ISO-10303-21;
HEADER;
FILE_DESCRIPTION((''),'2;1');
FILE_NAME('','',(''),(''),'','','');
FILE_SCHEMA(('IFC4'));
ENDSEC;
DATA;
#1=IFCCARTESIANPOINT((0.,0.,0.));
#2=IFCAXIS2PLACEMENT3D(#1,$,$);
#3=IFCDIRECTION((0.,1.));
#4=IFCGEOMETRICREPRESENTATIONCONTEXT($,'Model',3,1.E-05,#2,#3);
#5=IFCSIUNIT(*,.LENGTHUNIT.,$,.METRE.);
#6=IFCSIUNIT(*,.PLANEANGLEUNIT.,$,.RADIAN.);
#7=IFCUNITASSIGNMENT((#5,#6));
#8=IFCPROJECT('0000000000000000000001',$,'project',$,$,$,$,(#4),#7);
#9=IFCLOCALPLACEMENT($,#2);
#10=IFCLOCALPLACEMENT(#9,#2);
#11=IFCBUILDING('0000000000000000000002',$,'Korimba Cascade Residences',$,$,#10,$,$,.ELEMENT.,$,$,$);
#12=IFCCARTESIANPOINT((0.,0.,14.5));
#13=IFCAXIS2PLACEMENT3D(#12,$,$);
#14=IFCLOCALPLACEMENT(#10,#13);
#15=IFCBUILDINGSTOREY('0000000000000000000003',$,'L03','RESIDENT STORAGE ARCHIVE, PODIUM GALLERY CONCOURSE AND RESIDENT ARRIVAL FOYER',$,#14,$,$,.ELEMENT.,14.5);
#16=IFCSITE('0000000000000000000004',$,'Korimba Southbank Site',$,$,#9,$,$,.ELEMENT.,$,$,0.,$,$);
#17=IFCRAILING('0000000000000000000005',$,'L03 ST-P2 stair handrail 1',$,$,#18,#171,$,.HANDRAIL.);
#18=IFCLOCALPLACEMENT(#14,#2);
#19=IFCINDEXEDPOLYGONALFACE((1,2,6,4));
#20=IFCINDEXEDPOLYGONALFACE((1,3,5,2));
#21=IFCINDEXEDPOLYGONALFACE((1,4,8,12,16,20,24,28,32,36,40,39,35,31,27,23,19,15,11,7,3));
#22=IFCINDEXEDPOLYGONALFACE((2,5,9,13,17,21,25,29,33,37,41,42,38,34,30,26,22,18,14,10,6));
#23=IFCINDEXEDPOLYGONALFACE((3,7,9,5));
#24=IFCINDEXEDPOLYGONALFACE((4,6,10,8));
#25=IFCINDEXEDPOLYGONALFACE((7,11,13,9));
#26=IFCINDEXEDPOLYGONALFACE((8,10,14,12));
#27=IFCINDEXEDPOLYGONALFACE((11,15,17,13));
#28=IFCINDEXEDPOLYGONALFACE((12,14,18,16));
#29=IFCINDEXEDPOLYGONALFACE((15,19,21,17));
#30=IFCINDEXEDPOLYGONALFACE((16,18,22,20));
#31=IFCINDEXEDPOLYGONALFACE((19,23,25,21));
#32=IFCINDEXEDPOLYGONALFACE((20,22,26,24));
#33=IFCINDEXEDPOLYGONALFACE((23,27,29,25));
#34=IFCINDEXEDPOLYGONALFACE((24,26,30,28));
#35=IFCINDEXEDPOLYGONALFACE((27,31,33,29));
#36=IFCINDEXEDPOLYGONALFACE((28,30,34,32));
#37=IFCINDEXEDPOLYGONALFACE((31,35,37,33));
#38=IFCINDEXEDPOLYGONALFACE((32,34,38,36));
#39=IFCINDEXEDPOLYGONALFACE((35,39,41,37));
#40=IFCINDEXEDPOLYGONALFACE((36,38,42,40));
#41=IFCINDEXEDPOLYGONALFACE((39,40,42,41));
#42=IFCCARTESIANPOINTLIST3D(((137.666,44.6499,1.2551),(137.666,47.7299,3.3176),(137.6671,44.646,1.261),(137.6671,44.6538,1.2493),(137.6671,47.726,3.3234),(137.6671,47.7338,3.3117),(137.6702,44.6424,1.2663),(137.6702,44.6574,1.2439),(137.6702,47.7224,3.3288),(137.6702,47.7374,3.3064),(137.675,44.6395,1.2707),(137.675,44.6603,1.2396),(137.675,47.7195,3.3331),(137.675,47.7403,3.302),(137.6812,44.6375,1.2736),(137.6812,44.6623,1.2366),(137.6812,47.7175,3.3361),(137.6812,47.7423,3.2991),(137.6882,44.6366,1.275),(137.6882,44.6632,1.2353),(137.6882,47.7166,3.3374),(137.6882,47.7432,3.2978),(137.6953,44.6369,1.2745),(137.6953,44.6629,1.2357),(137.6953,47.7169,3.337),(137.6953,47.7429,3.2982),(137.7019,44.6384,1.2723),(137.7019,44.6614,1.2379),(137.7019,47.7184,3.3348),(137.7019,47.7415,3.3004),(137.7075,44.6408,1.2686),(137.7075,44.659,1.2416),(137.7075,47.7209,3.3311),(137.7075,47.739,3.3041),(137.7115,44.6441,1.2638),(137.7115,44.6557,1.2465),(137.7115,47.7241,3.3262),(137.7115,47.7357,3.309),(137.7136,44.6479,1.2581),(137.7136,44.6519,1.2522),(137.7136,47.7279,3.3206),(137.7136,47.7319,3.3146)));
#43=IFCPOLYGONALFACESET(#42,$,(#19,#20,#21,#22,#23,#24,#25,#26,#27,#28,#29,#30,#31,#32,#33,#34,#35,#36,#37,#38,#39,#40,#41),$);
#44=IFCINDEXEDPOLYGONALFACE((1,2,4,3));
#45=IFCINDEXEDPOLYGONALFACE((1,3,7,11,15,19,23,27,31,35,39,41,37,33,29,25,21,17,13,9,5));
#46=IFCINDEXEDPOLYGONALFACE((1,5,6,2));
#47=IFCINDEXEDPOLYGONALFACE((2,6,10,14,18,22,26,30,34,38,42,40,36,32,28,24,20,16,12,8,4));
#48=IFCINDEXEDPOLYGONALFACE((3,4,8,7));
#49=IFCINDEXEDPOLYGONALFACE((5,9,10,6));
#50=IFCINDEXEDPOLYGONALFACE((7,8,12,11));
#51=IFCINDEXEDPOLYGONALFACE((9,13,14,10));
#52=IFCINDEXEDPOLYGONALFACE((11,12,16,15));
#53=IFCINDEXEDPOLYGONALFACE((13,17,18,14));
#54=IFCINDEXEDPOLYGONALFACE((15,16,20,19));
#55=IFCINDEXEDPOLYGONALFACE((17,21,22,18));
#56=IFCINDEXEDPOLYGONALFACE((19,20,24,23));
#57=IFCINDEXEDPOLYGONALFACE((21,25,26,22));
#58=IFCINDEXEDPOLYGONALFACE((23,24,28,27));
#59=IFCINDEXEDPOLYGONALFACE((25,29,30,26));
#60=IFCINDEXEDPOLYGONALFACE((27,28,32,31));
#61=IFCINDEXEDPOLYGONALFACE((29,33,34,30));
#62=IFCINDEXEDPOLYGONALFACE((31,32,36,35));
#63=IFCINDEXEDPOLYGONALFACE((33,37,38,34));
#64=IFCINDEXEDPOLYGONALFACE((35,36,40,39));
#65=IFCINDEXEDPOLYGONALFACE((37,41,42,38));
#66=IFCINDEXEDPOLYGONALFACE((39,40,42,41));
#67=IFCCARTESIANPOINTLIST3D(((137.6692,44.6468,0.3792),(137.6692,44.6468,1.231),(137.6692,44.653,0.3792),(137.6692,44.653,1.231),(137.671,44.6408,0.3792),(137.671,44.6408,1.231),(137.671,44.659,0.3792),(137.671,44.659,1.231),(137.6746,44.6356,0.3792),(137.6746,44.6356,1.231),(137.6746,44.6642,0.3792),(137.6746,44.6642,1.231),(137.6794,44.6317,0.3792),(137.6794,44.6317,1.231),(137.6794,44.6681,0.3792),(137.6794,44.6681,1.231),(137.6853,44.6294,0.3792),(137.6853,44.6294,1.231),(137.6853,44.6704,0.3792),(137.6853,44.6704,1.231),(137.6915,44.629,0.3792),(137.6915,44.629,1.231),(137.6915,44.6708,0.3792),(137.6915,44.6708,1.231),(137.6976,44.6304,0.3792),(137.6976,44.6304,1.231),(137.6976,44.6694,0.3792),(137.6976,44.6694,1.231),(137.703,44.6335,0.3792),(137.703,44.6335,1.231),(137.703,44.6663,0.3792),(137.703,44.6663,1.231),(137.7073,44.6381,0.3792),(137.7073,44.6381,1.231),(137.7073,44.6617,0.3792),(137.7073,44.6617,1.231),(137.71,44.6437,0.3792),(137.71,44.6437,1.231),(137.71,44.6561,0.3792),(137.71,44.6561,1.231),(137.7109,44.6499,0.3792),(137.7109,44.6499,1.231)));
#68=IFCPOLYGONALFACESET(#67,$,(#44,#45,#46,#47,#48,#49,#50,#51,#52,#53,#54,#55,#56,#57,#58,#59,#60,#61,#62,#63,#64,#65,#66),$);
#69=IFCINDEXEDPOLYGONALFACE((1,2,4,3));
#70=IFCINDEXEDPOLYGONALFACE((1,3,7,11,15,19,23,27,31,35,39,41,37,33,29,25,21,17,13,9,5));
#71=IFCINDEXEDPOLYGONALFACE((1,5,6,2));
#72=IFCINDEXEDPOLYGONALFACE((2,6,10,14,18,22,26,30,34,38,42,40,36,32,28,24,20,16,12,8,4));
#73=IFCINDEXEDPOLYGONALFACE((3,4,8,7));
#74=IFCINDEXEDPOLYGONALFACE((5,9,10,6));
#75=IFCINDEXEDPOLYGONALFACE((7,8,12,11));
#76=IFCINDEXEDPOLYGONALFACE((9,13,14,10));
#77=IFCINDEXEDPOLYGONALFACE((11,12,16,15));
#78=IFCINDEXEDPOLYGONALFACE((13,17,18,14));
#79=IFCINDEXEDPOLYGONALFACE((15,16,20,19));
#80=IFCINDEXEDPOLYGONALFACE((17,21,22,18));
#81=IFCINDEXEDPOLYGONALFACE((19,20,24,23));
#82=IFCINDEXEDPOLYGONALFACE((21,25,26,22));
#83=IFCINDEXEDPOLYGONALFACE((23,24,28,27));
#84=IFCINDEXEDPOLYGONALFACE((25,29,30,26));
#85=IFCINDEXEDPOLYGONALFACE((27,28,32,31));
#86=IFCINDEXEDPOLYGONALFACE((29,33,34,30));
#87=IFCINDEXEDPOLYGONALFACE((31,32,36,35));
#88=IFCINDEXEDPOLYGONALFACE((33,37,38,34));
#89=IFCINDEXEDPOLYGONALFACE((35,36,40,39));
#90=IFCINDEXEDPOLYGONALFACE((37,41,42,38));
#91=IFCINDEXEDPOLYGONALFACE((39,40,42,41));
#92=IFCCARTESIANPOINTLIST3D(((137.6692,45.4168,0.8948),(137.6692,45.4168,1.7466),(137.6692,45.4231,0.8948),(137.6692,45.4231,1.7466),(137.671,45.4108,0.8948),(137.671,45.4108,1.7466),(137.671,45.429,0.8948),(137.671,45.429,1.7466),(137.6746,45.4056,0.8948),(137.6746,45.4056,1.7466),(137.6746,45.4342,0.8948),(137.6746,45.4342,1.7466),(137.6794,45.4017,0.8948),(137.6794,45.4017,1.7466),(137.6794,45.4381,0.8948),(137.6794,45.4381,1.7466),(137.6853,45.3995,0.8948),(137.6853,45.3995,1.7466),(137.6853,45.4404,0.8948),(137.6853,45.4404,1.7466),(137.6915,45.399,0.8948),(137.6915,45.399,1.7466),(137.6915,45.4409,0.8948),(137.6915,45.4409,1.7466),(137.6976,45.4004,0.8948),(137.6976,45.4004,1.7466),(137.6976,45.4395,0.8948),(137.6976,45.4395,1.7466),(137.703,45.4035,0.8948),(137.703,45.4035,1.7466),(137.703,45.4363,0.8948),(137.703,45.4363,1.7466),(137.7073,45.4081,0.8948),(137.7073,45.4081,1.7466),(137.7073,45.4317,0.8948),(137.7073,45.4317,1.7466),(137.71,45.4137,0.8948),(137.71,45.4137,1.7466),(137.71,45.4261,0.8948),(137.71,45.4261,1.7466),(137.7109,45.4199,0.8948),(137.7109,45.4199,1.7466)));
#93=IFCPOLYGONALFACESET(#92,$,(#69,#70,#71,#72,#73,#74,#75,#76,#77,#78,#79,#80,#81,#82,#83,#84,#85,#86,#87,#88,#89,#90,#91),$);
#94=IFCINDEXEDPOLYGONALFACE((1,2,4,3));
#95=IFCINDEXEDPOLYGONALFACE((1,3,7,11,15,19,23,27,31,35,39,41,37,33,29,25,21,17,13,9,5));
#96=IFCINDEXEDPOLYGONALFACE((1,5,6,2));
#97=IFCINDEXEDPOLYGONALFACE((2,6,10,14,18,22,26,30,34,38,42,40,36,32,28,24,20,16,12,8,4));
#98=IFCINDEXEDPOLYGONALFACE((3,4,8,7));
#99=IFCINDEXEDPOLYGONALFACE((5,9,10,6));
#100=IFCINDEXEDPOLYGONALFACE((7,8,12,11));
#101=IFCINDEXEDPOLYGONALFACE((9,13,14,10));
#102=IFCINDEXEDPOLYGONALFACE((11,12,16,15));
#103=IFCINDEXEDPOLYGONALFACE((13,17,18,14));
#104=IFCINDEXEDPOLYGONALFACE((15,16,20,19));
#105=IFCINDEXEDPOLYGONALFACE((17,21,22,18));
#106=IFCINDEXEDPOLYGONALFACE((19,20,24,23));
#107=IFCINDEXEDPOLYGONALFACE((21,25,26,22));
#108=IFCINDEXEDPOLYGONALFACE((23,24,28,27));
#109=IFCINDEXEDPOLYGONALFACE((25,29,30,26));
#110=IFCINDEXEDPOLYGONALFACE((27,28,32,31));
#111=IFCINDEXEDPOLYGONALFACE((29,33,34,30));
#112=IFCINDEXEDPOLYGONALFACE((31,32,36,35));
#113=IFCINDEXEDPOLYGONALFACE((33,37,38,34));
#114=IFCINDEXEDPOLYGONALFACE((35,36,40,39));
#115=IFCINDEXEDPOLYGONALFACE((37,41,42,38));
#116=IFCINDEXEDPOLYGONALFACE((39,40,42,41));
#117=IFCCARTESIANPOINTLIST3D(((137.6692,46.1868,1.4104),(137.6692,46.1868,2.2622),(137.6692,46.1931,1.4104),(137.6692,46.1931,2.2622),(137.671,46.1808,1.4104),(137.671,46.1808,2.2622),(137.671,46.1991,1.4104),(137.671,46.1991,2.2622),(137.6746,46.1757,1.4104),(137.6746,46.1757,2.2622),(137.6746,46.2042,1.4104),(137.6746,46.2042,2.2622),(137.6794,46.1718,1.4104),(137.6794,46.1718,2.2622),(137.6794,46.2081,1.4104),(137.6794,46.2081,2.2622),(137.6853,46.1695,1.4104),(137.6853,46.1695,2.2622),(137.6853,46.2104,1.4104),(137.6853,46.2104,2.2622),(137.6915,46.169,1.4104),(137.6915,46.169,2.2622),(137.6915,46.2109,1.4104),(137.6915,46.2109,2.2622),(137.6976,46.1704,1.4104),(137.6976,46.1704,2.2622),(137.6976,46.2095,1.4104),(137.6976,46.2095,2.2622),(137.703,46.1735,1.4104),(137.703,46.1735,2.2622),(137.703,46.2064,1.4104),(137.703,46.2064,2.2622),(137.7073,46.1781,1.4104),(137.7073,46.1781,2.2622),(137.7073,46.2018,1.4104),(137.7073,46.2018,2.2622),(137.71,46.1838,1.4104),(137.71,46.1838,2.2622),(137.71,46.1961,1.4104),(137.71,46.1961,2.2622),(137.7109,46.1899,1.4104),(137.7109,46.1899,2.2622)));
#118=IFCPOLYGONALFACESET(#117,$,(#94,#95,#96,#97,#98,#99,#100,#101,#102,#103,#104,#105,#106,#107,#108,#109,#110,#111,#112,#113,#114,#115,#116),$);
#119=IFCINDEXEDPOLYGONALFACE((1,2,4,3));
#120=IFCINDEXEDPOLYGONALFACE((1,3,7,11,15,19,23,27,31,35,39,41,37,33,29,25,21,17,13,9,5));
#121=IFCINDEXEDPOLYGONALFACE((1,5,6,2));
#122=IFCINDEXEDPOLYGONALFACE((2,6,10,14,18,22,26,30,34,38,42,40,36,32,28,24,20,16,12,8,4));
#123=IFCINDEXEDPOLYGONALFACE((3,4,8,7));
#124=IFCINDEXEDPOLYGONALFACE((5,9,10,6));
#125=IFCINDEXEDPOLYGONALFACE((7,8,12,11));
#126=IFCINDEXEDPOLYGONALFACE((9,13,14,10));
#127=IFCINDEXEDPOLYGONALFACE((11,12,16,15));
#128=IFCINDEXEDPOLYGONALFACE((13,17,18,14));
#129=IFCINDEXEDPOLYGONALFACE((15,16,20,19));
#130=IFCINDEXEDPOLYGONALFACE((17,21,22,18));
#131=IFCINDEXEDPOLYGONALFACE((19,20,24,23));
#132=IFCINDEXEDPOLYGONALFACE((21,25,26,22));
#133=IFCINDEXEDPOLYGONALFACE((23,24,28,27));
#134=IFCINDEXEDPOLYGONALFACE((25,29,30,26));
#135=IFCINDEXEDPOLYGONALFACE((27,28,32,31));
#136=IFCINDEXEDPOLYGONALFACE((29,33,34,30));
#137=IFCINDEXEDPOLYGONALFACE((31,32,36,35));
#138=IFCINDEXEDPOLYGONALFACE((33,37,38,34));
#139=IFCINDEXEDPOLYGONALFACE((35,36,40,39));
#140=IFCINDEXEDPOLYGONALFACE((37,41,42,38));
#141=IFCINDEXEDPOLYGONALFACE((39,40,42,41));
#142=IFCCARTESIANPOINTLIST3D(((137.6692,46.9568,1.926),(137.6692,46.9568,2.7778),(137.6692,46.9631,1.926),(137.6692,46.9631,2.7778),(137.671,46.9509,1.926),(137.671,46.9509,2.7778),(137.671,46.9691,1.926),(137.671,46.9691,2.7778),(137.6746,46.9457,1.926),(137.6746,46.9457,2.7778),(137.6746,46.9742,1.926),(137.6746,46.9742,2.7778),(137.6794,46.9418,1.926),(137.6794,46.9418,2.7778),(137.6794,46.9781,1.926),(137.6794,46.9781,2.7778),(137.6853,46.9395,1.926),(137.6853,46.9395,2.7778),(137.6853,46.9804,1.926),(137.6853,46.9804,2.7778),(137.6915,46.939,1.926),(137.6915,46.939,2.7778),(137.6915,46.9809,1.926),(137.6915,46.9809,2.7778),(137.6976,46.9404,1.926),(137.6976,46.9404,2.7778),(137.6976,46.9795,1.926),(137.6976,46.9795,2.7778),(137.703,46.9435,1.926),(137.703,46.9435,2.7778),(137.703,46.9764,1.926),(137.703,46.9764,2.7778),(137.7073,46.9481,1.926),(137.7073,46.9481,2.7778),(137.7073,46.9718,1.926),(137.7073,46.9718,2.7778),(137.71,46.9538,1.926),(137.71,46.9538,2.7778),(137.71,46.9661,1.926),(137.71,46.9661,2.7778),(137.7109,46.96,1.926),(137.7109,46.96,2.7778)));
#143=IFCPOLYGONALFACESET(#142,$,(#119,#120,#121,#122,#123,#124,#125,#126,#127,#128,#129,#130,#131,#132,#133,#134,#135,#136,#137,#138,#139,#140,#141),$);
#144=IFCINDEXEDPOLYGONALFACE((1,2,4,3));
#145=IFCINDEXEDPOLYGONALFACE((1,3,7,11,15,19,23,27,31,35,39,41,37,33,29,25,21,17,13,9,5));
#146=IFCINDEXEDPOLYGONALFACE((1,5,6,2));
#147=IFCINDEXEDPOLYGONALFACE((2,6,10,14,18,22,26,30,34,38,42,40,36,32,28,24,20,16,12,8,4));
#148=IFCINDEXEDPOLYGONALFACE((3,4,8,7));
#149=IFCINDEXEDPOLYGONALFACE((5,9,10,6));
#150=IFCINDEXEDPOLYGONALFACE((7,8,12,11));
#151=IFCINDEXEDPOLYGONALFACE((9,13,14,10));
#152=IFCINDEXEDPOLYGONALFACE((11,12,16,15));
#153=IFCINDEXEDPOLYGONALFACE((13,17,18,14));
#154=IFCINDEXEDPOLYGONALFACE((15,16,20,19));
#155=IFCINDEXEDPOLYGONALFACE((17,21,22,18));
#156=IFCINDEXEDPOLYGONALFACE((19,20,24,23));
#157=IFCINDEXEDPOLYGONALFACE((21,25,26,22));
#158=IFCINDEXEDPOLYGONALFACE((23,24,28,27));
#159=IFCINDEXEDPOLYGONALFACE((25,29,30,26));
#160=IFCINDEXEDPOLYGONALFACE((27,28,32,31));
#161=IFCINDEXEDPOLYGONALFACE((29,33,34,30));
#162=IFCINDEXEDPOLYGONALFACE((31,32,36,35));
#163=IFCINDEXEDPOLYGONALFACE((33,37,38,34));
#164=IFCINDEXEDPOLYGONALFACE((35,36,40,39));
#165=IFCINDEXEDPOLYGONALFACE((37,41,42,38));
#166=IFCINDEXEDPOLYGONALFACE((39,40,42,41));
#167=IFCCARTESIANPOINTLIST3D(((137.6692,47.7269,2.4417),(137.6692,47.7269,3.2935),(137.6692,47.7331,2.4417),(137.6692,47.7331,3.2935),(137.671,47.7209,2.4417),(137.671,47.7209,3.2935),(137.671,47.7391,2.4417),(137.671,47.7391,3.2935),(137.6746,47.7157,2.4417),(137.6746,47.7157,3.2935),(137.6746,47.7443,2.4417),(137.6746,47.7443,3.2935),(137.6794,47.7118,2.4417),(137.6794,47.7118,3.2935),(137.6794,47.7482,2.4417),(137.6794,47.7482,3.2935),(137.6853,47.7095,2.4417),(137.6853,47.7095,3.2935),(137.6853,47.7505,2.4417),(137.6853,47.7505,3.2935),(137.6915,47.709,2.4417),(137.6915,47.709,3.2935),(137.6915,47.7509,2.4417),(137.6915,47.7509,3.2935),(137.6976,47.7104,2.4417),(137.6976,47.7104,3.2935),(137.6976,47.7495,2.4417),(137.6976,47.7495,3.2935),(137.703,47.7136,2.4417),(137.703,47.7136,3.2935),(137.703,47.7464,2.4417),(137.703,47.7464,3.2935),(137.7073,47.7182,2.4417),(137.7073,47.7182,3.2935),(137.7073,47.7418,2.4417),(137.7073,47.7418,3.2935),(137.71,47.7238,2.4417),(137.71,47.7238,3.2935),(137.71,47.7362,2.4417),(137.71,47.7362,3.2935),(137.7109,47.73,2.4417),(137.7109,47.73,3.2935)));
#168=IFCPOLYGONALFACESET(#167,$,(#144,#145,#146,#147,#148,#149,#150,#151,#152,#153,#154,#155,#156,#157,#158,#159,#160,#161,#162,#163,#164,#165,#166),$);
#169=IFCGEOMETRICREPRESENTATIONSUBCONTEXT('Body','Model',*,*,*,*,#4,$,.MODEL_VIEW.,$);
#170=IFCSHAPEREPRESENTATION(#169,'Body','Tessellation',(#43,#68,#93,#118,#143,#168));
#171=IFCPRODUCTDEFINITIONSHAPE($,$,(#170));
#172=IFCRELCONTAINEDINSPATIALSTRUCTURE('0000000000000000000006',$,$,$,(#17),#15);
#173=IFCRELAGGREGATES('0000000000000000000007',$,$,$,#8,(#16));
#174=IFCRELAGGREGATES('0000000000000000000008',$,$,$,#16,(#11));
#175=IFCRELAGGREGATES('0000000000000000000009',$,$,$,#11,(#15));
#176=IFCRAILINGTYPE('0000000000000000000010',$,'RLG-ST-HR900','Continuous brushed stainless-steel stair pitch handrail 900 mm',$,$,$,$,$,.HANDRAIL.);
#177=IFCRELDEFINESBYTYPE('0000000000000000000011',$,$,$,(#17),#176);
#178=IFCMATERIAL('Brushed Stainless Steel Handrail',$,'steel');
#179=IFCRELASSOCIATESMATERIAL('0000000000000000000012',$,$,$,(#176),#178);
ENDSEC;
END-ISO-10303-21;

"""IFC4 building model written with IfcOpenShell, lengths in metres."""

from ifc_helpers import new_model, si_unit, direction, frame, origin, origin_2d, place, context, subcontext, project, spatial, circle, extrude, material, type_object, element, save


model = new_model("IFC4")

# Units and contexts
model_context = context("Model", 3, precision=1e-05, world=origin(), true_north=direction((0.0, 1.0)))
body_context = subcontext(model_context, "Body", "Model", "MODEL_VIEW")
ifc_project = project(units=[si_unit("LENGTHUNIT", "METRE"), si_unit("PLANEANGLEUNIT", "RADIAN")], contexts=[model_context])

# Site, building, storey
site_placement = place(None, origin())
site = spatial("IfcSite", under=ifc_project, at=site_placement, Name="Korimba Southbank Site", CompositionType="ELEMENT", RefElevation=0.0)
building_placement = place(site_placement, origin())
building = spatial("IfcBuilding", under=site, at=building_placement, Name="Korimba Cascade Residences", CompositionType="ELEMENT")
storey_placement = place(building_placement, frame((0.0, 0.0, 14.5)))
storey = spatial("IfcBuildingStorey", under=building, at=storey_placement, Name="L03", Description="RESIDENT STORAGE ARCHIVE, PODIUM GALLERY CONCOURSE AND RESIDENT ARRIVAL FOYER", CompositionType="ELEMENT", Elevation=14.5)

# Railing
ifc_material_1 = material(Name="Brushed Stainless Steel Handrail", Category="steel")
railing_type_1 = type_object("IfcRailingType", Name="RLG-ST-HR900", Description="Continuous brushed stainless-steel stair pitch handrail 900 mm", PredefinedType="HANDRAIL", material=ifc_material_1)
railing_1_placement = place(storey_placement, frame((137.6899, 44.6499, 0.3792)))
element("IfcRailing", 1, at=railing_1_placement, inside=storey, type_object=railing_type_1, Name="L03 ST-P2 stair handrail 1", PredefinedType="HANDRAIL", context=body_context, shape_type="SweptSolid", body=[
    extrude(circle(Radius=0.0239, at=origin_2d()), frame((0.0, 0.0, 0.876), z_axis=(0.0, 0.830914, 0.556401), x_axis=(-1.0, 0.0, 0.0)), (0.0, 0.0, 1.0), 3.7068),
    extrude(circle(Radius=0.021, at=origin_2d()), origin(), (0.0, 0.0, 1.0), 0.8518),
    extrude(circle(Radius=0.021, at=origin_2d()), frame((0.0, 0.77, 0.5156)), (0.0, 0.0, 1.0), 0.8518),
    extrude(circle(Radius=0.021, at=origin_2d()), frame((0.0, 1.54, 1.0312)), (0.0, 0.0, 1.0), 0.8518),
    extrude(circle(Radius=0.021, at=origin_2d()), frame((0.0, 2.3101, 1.5469)), (0.0, 0.0, 1.0), 0.8518),
    extrude(circle(Radius=0.021, at=origin_2d()), frame((0.0, 3.0801, 2.0625)), (0.0, 0.0, 1.0), 0.8518),
])

save(model, "model.ifc")
